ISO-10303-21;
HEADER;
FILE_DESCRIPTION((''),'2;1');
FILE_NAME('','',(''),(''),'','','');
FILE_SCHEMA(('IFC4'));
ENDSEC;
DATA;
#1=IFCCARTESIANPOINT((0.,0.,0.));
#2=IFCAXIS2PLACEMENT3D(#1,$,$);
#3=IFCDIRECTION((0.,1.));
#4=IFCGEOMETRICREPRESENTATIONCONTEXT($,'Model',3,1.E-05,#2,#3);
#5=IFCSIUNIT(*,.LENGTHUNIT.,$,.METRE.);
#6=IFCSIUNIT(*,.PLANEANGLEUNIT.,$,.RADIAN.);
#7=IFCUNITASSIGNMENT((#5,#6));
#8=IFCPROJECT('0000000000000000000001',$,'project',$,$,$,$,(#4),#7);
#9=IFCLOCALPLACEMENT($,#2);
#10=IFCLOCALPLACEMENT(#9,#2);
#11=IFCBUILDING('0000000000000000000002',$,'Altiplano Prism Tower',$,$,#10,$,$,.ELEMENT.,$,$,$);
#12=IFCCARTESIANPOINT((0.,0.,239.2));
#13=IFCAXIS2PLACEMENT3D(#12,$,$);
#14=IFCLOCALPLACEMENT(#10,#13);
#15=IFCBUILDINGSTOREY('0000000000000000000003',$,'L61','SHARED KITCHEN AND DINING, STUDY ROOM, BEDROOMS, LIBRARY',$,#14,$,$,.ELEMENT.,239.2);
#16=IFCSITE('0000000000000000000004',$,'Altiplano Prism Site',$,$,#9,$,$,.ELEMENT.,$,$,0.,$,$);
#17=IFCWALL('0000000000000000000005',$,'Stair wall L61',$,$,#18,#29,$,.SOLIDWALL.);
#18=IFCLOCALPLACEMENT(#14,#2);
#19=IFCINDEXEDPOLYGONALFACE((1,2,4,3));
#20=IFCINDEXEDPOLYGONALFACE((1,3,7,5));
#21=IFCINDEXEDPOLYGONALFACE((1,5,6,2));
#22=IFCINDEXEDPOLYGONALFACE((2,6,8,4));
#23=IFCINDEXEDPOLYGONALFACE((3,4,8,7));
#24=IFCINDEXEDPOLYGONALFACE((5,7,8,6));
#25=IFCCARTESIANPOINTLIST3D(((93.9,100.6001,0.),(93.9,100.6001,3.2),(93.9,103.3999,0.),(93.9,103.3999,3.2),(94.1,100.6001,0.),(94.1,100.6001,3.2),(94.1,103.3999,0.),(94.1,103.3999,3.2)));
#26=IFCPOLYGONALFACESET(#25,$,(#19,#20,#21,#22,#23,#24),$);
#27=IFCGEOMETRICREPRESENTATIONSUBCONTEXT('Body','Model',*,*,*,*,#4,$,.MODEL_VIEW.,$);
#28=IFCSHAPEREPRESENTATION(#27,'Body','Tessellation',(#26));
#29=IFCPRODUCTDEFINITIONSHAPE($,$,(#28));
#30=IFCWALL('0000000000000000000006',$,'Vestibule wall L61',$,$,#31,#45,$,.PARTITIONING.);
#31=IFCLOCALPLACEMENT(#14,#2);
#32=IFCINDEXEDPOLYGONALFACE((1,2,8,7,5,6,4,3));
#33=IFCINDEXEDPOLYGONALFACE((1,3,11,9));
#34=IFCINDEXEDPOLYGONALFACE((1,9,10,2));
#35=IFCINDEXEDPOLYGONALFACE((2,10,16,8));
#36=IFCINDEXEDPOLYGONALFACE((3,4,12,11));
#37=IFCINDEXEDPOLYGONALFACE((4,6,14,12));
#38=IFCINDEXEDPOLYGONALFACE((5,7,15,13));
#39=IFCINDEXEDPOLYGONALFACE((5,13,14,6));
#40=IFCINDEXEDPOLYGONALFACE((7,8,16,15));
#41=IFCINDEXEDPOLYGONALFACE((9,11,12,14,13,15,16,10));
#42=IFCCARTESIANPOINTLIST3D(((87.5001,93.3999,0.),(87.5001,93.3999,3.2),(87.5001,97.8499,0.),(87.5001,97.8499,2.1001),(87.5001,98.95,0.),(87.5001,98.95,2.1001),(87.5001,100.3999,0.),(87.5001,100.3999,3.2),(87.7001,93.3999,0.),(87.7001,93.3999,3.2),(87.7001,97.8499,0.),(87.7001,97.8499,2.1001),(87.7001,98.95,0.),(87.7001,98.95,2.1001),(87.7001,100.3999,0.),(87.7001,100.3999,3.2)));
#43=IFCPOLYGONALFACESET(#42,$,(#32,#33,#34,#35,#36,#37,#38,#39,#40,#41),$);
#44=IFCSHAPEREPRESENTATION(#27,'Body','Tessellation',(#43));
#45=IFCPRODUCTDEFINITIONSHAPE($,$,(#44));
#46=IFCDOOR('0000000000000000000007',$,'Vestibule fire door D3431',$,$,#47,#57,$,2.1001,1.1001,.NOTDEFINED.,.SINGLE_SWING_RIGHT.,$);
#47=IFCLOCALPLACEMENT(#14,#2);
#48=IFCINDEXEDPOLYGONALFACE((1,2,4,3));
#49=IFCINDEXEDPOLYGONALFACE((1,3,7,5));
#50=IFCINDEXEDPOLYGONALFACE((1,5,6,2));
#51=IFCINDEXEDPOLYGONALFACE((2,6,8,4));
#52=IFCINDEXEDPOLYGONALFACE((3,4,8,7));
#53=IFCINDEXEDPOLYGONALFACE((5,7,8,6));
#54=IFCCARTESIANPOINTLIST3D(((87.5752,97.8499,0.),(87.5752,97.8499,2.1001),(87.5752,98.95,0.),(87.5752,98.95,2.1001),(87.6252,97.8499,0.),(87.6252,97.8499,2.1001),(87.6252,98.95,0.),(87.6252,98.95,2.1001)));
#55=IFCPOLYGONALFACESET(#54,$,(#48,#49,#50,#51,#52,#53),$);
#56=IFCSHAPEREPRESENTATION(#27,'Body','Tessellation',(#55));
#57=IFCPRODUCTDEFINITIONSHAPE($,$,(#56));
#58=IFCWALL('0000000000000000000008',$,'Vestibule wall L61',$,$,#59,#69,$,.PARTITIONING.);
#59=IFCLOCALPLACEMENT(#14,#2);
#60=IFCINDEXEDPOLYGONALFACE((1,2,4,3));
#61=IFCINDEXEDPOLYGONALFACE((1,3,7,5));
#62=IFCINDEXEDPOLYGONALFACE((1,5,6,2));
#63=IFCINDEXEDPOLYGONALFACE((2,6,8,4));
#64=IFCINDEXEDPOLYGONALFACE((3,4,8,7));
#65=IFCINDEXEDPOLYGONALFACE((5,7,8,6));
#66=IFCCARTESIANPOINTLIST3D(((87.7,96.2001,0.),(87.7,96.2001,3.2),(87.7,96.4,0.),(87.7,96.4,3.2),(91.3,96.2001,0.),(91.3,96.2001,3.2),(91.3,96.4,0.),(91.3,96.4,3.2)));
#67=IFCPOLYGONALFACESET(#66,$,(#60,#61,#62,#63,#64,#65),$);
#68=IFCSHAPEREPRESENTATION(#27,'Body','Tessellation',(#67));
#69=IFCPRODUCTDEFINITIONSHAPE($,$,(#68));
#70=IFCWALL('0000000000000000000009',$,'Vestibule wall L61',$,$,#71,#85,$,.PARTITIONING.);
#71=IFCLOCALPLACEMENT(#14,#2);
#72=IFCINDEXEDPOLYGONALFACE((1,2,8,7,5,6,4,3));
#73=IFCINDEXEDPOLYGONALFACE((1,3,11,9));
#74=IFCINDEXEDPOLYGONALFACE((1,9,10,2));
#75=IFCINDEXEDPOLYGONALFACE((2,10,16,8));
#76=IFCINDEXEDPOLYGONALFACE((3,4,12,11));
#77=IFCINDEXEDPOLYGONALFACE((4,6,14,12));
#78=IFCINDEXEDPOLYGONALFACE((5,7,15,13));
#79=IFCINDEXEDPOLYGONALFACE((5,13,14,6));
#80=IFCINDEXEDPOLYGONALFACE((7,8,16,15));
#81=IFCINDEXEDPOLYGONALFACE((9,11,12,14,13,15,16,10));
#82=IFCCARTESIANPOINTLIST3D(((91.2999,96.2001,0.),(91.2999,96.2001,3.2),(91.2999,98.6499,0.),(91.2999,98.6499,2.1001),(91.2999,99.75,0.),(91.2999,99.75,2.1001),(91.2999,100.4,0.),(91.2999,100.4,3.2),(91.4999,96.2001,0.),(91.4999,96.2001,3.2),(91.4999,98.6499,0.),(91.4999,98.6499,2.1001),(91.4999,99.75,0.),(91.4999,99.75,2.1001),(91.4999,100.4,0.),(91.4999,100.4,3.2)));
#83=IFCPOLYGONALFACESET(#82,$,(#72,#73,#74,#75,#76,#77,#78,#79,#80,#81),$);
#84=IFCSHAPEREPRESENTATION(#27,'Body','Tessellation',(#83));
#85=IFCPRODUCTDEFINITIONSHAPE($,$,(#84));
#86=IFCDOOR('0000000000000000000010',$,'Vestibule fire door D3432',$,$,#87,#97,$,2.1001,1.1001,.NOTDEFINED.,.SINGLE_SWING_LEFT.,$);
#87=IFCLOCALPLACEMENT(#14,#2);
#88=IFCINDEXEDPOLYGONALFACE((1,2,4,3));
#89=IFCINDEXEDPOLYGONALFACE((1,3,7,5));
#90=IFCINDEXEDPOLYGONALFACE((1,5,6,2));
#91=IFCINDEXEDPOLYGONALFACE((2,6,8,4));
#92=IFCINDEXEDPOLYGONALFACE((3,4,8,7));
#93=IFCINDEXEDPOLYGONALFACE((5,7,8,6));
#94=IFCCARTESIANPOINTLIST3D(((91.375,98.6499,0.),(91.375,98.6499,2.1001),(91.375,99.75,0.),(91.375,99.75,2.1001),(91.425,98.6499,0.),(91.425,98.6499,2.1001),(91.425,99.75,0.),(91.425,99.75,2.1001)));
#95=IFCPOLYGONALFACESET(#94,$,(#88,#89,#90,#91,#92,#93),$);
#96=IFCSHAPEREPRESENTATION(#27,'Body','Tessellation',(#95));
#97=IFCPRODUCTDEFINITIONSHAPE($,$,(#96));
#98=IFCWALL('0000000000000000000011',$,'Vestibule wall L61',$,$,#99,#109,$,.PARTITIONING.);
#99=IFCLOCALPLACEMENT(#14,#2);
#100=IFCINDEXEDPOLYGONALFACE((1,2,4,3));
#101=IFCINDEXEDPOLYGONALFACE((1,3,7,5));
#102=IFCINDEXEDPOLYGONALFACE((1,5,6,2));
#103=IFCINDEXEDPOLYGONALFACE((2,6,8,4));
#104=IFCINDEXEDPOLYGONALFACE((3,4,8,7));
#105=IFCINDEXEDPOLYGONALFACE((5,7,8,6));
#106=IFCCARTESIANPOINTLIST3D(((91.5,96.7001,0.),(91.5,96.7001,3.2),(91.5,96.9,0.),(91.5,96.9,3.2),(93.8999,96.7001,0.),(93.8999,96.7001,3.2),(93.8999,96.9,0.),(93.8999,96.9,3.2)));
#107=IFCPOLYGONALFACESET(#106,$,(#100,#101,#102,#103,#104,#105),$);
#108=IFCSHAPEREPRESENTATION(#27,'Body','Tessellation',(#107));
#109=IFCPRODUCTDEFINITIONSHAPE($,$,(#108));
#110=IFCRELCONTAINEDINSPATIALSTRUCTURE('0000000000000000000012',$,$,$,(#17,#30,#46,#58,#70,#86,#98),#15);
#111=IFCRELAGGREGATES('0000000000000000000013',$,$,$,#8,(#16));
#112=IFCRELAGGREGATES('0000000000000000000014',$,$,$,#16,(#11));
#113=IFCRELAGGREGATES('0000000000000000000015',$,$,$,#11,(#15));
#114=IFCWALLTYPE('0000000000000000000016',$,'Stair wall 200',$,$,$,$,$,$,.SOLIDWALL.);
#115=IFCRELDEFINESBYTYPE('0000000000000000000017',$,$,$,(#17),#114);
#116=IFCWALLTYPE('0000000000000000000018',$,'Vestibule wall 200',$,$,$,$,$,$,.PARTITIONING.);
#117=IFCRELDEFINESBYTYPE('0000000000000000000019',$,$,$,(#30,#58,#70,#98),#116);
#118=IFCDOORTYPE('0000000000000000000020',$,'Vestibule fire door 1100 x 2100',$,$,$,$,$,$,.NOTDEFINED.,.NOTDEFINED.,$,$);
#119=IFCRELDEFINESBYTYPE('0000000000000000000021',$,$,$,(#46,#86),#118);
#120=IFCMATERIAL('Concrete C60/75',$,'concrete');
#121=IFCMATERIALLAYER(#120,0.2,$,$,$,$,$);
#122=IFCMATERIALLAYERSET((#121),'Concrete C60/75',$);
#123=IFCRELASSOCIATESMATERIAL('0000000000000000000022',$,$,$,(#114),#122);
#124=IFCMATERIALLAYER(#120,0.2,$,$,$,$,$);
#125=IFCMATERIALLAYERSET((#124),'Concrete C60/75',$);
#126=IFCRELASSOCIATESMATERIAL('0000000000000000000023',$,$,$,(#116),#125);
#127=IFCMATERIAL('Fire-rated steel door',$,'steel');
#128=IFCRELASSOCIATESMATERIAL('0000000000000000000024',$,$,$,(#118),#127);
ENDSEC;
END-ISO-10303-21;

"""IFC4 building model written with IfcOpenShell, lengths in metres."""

from ifc_helpers import new_model, si_unit, direction, frame, frame_2d, origin, place, context, subcontext, project, spatial, rectangle, extrude, material, layer, layer_set, type_object, element, fill, save


model = new_model("IFC4")

# Units and contexts
model_context = context("Model", 3, precision=1e-05, world=origin(), true_north=direction((0.0, 1.0)))
body_context = subcontext(model_context, "Body", "Model", "MODEL_VIEW")
ifc_project = project(units=[si_unit("LENGTHUNIT", "METRE"), si_unit("PLANEANGLEUNIT", "RADIAN")], contexts=[model_context])

# Site, building, storey
site_placement = place(None, origin())
site = spatial("IfcSite", under=ifc_project, at=site_placement, Name="Altiplano Prism Site", CompositionType="ELEMENT", RefElevation=0.0)
building_placement = place(site_placement, origin())
building = spatial("IfcBuilding", under=site, at=building_placement, Name="Altiplano Prism Tower", CompositionType="ELEMENT")
storey_placement = place(building_placement, frame((0.0, 0.0, 239.2)))
storey = spatial("IfcBuildingStorey", under=building, at=storey_placement, Name="L61", Description="SHARED KITCHEN AND DINING, STUDY ROOM, BEDROOMS, LIBRARY", CompositionType="ELEMENT", Elevation=239.2)

# Shared definitions
ifc_material_1 = material(Name="Concrete C60/75", Category="concrete")

# Shared definitions
ifc_layer_1 = layer(ifc_material_1, 0.2)
ifc_layer_set_1 = layer_set([ifc_layer_1], Name="Concrete C60/75")
wall_type_1 = type_object("IfcWallType", Name="Stair wall 200", PredefinedType="SOLIDWALL", material=ifc_layer_set_1)
ifc_material_2 = material(Name="Fire-rated steel door", Category="steel")

# Wall
wall_1_placement = place(storey_placement, frame((94.0, 100.6001, 0.0), z_axis=(0.0, 0.0, 1.0), x_axis=(0.0, 1.0, 0.0)))
element("IfcWall", 1, at=wall_1_placement, inside=storey, type_object=wall_type_1, Name="Stair wall L61", PredefinedType="SOLIDWALL", context=body_context, shape_type="SweptSolid", body=[
    extrude(rectangle(XDim=2.7998, YDim=0.2, at=frame_2d((1.3999, 0.0))), origin(), (0.0, 0.0, 1.0), 3.2),
])

# Wall, opening, door
ifc_layer_2 = layer(ifc_material_1, 0.2)
ifc_layer_set_2 = layer_set([ifc_layer_2], Name="Concrete C60/75")
wall_type_2 = type_object("IfcWallType", Name="Vestibule wall 200", PredefinedType="PARTITIONING", material=ifc_layer_set_2)
wall_2_placement = place(storey_placement, frame((87.6001, 93.3999, 0.0), z_axis=(0.0, 0.0, 1.0), x_axis=(0.0, 1.0, 0.0)))
wall_2 = element("IfcWall", 2, at=wall_2_placement, inside=storey, type_object=wall_type_2, Name="Vestibule wall L61", PredefinedType="PARTITIONING", context=body_context, shape_type="SweptSolid", body=[
    extrude(rectangle(XDim=7.0, YDim=0.2, at=frame_2d((3.5, 0.0))), origin(), (0.0, 0.0, 1.0), 3.2),
])
opening_1_placement = place(wall_2_placement, frame((4.45, 0.0, 0.0)))
opening_1 = element("IfcOpeningElement", 3, at=opening_1_placement, cuts=wall_2, PredefinedType="OPENING", context=body_context, shape_type="SweptSolid", body=[
    extrude(rectangle(XDim=1.1001, YDim=2.1001, at=frame_2d((0.55, 1.05))), frame((0.0, 0.1104, 0.0), z_axis=(0.0, -1.0, 0.0), x_axis=(1.0, 0.0, 0.0)), (0.0, 0.0, 1.0), 0.2209),
])
door_type_1 = type_object("IfcDoorType", Name="Vestibule fire door 1100 x 2100", OperationType="NOTDEFINED", PredefinedType="NOTDEFINED", material=ifc_material_2)
door_1_placement = place(opening_1_placement, origin())
door_1 = element("IfcDoor", 4, at=door_1_placement, inside=storey, type_object=door_type_1, Name="Vestibule fire door D3431", OperationType="SINGLE_SWING_RIGHT", OverallHeight=2.1001, OverallWidth=1.1001, PredefinedType="NOTDEFINED", context=body_context, shape_type="SweptSolid", body=[
    extrude(rectangle(XDim=1.1001, YDim=2.1001, at=frame_2d((0.55, 1.05))), frame((0.0, 0.0249, 0.0), z_axis=(0.0, -1.0, 0.0), x_axis=(1.0, 0.0, 0.0)), (0.0, 0.0, 1.0), 0.05),
])
fill(opening_1, door_1)

# Wall
wall_3_placement = place(storey_placement, frame((87.7, 96.3, 0.0), z_axis=(0.0, 0.0, 1.0), x_axis=(1.0, 0.0, 0.0)))
element("IfcWall", 5, at=wall_3_placement, inside=storey, type_object=wall_type_2, Name="Vestibule wall L61", PredefinedType="PARTITIONING", context=body_context, shape_type="SweptSolid", body=[
    extrude(rectangle(XDim=3.6001, YDim=0.2, at=frame_2d((1.8, 0.0))), origin(), (0.0, 0.0, 1.0), 3.2),
])

# Wall, opening, door
wall_4_placement = place(storey_placement, frame((91.3999, 96.2, 0.0), z_axis=(0.0, 0.0, 1.0), x_axis=(0.0, 1.0, 0.0)))
wall_4 = element("IfcWall", 6, at=wall_4_placement, inside=storey, type_object=wall_type_2, Name="Vestibule wall L61", PredefinedType="PARTITIONING", context=body_context, shape_type="SweptSolid", body=[
    extrude(rectangle(XDim=4.2, YDim=0.2, at=frame_2d((2.1001, 0.0))), origin(), (0.0, 0.0, 1.0), 3.2),
])
opening_2_placement = place(wall_4_placement, frame((2.45, 0.0, 0.0)))
opening_2 = element("IfcOpeningElement", 7, at=opening_2_placement, cuts=wall_4, PredefinedType="OPENING", context=body_context, shape_type="SweptSolid", body=[
    extrude(rectangle(XDim=1.1001, YDim=2.1001, at=frame_2d((0.55, 1.05))), frame((0.0, 0.1104, 0.0), z_axis=(0.0, -1.0, 0.0), x_axis=(1.0, 0.0, 0.0)), (0.0, 0.0, 1.0), 0.2209),
])
door_2_placement = place(opening_2_placement, origin())
door_2 = element("IfcDoor", 8, at=door_2_placement, inside=storey, type_object=door_type_1, Name="Vestibule fire door D3432", OperationType="SINGLE_SWING_LEFT", OverallHeight=2.1001, OverallWidth=1.1001, PredefinedType="NOTDEFINED", context=body_context, shape_type="SweptSolid", body=[
    extrude(rectangle(XDim=1.1001, YDim=2.1001, at=frame_2d((0.55, 1.05))), frame((0.0, 0.0249, 0.0), z_axis=(0.0, -1.0, 0.0), x_axis=(1.0, 0.0, 0.0)), (0.0, 0.0, 1.0), 0.05),
])
fill(opening_2, door_2)

# Wall
wall_5_placement = place(storey_placement, frame((91.5, 96.8, 0.0), z_axis=(0.0, 0.0, 1.0), x_axis=(1.0, 0.0, 0.0)))
element("IfcWall", 9, at=wall_5_placement, inside=storey, type_object=wall_type_2, Name="Vestibule wall L61", PredefinedType="PARTITIONING", context=body_context, shape_type="SweptSolid", body=[
    extrude(rectangle(XDim=2.3999, YDim=0.2, at=frame_2d((1.2, 0.0))), origin(), (0.0, 0.0, 1.0), 3.2),
])

save(model, "model.ifc")
